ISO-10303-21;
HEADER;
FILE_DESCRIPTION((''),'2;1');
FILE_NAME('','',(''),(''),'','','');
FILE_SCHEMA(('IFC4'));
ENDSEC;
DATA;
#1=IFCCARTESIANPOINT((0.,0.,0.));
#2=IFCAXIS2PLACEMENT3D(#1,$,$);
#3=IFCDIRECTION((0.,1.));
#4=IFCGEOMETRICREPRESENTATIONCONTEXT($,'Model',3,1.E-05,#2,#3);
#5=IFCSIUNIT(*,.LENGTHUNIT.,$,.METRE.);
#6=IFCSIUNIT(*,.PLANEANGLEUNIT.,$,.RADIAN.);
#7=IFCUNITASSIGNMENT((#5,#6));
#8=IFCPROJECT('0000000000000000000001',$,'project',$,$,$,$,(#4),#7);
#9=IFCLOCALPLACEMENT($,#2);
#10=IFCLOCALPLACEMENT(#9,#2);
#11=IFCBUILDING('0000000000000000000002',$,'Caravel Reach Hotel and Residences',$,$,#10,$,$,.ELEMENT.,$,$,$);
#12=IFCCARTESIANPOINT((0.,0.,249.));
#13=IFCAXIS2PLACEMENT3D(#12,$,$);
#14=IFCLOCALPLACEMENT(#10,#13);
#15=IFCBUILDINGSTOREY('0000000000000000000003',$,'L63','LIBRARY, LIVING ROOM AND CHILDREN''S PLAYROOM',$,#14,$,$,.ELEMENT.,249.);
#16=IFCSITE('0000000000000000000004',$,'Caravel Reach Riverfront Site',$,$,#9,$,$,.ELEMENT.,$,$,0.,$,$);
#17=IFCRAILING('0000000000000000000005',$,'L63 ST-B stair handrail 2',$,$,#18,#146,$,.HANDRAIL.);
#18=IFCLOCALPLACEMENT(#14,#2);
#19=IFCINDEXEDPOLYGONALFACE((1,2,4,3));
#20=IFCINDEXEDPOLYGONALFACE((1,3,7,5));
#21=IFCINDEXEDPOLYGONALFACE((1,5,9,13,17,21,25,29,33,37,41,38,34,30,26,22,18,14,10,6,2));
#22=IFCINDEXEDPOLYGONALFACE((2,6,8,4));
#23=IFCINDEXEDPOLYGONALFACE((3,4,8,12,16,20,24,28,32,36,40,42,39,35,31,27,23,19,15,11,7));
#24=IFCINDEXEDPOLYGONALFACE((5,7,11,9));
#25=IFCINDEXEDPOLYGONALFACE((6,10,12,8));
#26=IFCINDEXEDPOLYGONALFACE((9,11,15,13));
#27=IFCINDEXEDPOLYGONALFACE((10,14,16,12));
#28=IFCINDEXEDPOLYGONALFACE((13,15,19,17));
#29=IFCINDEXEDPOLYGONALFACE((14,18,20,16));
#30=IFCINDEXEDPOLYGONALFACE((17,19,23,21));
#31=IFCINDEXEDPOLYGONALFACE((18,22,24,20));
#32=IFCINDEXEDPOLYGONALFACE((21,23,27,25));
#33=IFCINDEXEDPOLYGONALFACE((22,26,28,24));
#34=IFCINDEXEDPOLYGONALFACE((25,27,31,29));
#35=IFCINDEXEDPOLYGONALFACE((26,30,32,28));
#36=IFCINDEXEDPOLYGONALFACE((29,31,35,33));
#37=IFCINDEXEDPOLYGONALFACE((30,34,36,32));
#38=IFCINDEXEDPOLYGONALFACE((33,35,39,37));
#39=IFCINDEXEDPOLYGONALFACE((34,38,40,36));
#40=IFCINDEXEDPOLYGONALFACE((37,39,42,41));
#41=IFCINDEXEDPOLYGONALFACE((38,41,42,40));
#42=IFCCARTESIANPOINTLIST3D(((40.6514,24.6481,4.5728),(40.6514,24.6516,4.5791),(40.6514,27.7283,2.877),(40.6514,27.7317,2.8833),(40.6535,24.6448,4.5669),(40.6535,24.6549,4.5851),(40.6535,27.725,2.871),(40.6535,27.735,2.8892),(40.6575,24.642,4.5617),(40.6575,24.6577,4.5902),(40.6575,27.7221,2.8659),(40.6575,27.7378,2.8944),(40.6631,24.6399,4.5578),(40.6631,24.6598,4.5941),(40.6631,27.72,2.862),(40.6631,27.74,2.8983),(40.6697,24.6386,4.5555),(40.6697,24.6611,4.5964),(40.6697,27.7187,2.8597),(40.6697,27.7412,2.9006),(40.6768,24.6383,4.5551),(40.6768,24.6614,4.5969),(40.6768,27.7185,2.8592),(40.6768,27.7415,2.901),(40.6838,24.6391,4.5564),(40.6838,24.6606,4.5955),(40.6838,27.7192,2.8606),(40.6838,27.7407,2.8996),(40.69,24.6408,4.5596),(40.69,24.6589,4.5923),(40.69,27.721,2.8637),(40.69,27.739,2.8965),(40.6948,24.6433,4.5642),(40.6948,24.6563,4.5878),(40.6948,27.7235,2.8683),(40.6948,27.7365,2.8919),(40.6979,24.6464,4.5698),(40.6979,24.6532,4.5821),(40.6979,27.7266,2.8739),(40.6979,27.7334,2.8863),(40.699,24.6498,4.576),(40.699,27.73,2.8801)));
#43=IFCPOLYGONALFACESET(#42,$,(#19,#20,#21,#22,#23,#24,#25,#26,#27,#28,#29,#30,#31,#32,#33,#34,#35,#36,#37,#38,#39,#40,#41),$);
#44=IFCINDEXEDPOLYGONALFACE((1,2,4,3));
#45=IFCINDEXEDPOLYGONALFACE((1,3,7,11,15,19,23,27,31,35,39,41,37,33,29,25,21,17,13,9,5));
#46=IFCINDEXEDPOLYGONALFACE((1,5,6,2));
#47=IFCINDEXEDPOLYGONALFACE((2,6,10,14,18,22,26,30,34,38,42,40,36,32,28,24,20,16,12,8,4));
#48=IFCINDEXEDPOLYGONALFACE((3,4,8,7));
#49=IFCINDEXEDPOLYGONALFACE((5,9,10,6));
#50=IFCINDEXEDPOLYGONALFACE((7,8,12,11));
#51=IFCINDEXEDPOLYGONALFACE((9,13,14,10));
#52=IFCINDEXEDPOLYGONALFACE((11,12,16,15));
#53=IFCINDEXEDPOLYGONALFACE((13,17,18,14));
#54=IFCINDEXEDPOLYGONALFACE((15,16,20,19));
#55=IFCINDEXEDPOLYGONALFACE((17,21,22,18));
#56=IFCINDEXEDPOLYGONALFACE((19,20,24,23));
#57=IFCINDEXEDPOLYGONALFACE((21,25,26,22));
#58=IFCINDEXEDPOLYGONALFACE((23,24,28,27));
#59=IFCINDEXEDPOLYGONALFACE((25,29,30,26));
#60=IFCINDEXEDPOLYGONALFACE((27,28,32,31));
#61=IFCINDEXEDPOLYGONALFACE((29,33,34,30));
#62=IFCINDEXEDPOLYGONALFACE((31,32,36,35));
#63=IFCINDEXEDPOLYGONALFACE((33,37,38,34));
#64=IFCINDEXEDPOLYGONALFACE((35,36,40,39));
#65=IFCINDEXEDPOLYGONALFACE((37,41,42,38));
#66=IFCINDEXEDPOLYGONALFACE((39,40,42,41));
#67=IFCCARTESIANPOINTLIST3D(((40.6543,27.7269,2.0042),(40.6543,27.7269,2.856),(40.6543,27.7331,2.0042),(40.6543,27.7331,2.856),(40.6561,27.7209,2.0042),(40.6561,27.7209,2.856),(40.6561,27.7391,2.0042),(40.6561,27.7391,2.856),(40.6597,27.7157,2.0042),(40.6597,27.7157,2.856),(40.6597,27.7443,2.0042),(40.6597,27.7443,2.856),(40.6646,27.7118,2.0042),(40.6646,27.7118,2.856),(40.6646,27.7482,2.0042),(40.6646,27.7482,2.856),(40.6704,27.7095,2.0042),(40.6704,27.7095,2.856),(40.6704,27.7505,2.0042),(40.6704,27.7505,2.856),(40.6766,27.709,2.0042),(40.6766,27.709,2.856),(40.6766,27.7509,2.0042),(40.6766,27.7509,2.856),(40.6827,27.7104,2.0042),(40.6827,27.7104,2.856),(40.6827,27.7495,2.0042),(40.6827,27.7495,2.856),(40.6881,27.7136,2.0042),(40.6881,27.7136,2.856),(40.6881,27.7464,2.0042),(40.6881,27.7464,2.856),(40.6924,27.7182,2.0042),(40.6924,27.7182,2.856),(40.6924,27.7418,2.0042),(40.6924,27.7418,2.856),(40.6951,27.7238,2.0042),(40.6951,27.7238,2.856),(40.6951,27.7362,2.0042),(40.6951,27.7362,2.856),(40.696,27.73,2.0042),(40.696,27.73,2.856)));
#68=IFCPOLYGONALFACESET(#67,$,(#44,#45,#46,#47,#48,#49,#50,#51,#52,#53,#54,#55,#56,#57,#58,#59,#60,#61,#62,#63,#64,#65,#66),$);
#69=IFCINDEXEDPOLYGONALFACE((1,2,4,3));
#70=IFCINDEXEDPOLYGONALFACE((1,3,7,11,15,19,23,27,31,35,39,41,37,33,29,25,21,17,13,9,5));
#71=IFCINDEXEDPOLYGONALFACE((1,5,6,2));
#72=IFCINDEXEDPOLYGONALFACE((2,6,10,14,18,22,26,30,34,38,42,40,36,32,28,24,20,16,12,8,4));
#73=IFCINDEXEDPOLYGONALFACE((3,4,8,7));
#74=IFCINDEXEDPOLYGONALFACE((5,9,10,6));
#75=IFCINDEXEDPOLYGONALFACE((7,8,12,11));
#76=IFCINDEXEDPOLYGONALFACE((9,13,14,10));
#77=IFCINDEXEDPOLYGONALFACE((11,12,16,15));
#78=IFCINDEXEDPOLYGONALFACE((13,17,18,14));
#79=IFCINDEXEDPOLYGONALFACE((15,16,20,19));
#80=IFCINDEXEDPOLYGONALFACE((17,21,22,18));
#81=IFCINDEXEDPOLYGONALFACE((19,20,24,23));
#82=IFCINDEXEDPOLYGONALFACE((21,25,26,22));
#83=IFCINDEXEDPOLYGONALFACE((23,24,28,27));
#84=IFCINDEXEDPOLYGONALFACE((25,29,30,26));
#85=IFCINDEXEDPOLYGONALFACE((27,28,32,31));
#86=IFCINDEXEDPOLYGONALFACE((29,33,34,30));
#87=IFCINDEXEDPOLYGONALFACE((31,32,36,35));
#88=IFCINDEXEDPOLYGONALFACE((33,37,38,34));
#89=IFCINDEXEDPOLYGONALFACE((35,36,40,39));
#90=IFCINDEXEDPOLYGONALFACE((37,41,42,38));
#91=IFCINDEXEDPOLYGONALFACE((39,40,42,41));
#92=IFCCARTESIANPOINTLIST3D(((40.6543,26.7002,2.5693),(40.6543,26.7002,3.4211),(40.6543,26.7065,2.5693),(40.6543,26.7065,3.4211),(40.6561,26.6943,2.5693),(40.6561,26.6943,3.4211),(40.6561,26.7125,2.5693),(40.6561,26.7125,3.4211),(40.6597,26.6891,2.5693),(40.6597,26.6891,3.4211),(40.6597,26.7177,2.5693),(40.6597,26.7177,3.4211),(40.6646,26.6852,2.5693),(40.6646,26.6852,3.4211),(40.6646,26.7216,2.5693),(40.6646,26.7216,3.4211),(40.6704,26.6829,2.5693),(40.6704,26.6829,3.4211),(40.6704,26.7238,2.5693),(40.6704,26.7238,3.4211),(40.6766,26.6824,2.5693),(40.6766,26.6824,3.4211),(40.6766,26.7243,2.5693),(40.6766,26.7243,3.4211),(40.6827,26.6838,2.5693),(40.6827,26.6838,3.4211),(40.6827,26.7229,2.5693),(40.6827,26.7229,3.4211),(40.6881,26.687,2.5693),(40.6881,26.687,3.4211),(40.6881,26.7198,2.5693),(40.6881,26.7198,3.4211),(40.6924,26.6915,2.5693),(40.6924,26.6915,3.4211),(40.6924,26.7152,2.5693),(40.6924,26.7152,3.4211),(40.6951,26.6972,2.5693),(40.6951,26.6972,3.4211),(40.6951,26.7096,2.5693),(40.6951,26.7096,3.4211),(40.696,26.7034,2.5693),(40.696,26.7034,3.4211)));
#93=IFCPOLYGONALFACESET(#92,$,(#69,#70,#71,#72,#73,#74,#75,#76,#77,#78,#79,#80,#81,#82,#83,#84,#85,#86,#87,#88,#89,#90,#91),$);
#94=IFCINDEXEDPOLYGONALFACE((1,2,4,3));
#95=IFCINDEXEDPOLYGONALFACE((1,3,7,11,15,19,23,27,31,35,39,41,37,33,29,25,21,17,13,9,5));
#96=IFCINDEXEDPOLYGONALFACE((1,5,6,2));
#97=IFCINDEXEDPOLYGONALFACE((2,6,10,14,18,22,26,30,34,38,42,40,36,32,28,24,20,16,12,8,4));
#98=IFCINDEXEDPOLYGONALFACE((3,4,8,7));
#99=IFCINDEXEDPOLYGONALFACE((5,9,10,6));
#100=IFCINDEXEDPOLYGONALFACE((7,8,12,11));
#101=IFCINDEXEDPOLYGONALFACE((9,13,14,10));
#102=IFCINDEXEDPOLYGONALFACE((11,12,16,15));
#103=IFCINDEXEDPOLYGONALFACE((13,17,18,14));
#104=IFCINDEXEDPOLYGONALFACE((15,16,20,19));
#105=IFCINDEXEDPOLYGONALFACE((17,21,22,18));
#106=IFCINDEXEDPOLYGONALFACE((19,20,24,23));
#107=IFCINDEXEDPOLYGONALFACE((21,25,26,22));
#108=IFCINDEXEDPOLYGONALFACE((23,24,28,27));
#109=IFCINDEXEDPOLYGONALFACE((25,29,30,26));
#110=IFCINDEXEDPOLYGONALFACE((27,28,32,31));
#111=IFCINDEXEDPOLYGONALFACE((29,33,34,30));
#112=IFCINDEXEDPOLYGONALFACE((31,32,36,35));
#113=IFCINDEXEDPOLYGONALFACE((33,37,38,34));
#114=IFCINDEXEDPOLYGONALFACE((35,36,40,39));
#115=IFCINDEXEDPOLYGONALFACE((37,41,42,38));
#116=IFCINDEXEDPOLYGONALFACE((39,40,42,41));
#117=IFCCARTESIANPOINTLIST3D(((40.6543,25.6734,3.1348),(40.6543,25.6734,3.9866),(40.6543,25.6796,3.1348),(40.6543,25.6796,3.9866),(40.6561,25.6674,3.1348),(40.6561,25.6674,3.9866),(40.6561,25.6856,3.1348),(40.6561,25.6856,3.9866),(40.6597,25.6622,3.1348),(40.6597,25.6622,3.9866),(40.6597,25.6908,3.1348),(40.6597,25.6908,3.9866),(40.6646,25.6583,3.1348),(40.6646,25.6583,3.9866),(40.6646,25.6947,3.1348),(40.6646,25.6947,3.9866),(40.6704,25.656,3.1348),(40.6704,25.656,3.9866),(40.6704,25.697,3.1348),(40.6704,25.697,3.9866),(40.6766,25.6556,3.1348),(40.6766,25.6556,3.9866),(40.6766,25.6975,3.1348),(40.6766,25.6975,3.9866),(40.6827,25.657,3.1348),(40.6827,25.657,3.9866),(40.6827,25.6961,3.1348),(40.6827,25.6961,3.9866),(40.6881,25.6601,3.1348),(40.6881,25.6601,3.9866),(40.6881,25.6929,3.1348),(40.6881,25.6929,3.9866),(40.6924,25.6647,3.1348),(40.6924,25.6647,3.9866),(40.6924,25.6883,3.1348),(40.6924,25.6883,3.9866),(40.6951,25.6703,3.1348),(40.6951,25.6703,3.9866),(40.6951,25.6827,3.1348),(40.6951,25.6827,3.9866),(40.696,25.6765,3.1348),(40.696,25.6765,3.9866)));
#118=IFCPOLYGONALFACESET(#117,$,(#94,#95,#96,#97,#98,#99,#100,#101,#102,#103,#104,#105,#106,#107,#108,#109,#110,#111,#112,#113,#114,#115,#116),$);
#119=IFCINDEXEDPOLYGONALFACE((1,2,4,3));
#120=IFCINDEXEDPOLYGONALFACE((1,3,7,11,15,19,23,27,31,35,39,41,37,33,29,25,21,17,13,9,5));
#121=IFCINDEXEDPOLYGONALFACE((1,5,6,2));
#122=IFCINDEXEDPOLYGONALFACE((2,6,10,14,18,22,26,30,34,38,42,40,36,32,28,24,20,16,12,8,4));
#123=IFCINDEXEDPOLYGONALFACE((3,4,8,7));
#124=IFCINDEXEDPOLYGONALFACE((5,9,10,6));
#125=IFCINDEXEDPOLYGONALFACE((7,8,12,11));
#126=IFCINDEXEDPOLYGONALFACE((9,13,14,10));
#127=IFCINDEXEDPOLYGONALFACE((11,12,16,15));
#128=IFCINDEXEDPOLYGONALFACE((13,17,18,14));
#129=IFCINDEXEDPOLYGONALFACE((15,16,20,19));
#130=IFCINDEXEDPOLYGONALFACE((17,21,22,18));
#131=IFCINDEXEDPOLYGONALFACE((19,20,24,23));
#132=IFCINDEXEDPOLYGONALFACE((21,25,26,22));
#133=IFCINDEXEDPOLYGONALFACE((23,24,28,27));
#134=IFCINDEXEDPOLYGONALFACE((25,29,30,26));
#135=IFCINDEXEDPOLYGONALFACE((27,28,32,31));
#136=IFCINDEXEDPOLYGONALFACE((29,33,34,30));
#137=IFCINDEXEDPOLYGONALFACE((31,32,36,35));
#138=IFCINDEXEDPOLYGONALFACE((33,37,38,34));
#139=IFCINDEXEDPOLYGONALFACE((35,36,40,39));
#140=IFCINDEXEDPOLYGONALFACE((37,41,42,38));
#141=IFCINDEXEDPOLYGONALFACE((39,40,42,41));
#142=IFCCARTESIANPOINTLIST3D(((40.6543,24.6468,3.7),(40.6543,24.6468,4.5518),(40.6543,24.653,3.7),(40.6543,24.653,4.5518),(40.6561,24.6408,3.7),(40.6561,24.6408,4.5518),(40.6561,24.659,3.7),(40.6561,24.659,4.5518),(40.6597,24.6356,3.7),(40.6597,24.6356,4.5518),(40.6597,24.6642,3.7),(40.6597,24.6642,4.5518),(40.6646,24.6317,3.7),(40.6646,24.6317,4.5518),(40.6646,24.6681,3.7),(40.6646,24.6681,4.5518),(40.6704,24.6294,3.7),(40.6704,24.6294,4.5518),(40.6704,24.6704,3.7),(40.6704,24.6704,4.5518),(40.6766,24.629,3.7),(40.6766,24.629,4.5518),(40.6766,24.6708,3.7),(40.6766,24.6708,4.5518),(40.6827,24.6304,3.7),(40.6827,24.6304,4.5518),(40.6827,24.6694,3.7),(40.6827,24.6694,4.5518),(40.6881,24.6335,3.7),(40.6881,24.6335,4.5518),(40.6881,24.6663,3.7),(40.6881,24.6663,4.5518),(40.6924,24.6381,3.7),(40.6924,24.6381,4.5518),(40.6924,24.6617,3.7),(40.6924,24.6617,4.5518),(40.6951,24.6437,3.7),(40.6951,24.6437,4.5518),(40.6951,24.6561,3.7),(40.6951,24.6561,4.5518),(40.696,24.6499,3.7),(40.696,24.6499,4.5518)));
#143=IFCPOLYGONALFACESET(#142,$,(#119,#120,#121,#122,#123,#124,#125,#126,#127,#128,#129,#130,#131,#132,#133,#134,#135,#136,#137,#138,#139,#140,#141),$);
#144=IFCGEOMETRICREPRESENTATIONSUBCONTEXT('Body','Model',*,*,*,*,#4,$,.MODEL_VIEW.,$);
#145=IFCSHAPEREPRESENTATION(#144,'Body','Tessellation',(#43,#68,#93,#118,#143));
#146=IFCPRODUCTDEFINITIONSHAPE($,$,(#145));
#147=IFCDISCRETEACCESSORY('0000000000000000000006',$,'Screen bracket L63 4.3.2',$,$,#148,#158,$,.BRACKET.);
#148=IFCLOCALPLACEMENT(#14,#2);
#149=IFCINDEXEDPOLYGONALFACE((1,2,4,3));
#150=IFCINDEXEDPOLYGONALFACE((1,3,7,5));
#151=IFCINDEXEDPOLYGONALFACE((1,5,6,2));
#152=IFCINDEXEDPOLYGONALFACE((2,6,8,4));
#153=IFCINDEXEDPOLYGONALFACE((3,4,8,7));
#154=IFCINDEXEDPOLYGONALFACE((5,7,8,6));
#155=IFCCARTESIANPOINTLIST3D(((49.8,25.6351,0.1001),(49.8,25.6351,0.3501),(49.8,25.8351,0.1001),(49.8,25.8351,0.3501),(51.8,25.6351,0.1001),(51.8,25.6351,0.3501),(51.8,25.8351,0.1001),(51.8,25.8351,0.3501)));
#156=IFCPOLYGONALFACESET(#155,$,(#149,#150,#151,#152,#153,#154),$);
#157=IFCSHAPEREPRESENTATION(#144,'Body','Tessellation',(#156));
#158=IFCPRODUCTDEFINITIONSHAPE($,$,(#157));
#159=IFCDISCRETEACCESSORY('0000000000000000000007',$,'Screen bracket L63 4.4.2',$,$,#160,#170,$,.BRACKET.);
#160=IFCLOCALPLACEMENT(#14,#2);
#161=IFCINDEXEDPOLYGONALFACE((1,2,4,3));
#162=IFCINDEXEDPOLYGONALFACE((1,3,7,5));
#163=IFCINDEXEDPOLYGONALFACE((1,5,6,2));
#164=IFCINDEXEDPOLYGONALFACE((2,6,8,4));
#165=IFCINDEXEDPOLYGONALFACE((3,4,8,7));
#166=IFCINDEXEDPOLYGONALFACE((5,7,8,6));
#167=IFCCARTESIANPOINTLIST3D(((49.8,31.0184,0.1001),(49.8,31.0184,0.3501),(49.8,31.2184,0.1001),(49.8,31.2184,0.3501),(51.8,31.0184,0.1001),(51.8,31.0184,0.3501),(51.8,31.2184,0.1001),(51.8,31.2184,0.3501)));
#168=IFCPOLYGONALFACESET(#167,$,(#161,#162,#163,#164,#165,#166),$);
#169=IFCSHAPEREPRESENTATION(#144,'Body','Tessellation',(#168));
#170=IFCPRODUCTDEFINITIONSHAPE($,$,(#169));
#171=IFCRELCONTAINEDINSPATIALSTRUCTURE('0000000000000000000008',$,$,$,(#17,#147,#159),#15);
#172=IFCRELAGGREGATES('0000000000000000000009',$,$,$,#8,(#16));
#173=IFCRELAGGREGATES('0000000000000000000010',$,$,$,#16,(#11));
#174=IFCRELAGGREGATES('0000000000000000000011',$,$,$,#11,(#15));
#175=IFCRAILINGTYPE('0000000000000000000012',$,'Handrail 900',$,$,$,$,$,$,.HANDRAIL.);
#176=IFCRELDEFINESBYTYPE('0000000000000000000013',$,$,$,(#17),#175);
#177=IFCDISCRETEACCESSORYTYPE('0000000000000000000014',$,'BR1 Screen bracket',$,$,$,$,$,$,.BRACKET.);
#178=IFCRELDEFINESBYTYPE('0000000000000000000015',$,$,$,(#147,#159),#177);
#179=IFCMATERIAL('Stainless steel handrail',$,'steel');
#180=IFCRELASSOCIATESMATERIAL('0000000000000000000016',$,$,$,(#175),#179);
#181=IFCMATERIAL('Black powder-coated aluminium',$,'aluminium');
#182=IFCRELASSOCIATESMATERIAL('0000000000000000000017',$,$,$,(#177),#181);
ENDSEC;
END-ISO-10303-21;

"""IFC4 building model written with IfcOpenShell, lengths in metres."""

from ifc_helpers import new_model, si_unit, direction, frame, origin, origin_2d, place, context, subcontext, project, spatial, rectangle, circle, extrude, material, type_object, element, save


model = new_model("IFC4")

# Units and contexts
model_context = context("Model", 3, precision=1e-05, world=origin(), true_north=direction((0.0, 1.0)))
body_context = subcontext(model_context, "Body", "Model", "MODEL_VIEW")
ifc_project = project(units=[si_unit("LENGTHUNIT", "METRE"), si_unit("PLANEANGLEUNIT", "RADIAN")], contexts=[model_context])

# Site, building, storey
site_placement = place(None, origin())
site = spatial("IfcSite", under=ifc_project, at=site_placement, Name="Caravel Reach Riverfront Site", CompositionType="ELEMENT", RefElevation=0.0)
building_placement = place(site_placement, origin())
building = spatial("IfcBuilding", under=site, at=building_placement, Name="Caravel Reach Hotel and Residences", CompositionType="ELEMENT")
storey_placement = place(building_placement, frame((0.0, 0.0, 249.0)))
storey = spatial("IfcBuildingStorey", under=building, at=storey_placement, Name="L63", Description="LIBRARY, LIVING ROOM AND CHILDREN'S PLAYROOM", CompositionType="ELEMENT", Elevation=249.0)

# Railing
ifc_material_1 = material(Name="Stainless steel handrail", Category="steel")
railing_type_1 = type_object("IfcRailingType", Name="Handrail 900", PredefinedType="HANDRAIL", material=ifc_material_1)
railing_1_placement = place(storey_placement, frame((40.675, 27.73, 2.0042)))
element("IfcRailing", 1, at=railing_1_placement, inside=storey, type_object=railing_type_1, Name="L63 ST-B stair handrail 2", PredefinedType="HANDRAIL", context=body_context, shape_type="SweptSolid", body=[
    extrude(circle(Radius=0.0239, at=origin_2d()), frame((0.0, 0.0, 0.876), z_axis=(0.0, -0.876005, 0.482303), x_axis=(1.0, 0.0, 0.0)), (0.0, 0.0, 1.0), 3.5161),
    extrude(circle(Radius=0.021, at=origin_2d()), origin(), (0.0, 0.0, 1.0), 0.8518),
    extrude(circle(Radius=0.021, at=origin_2d()), frame((0.0, -1.0266, 0.5652)), (0.0, 0.0, 1.0), 0.8518),
    extrude(circle(Radius=0.021, at=origin_2d()), frame((0.0, -2.0535, 1.1306)), (0.0, 0.0, 1.0), 0.8518),
    extrude(circle(Radius=0.021, at=origin_2d()), frame((0.0, -3.0801, 1.6958)), (0.0, 0.0, 1.0), 0.8518),
])

# Discrete accessories
ifc_material_2 = material(Name="Black powder-coated aluminium", Category="aluminium")
discrete_accessory_type = type_object("IfcDiscreteAccessoryType", Name="BR1 Screen bracket", PredefinedType="BRACKET", material=ifc_material_2)
for number, where, z_axis, x_axis, name in (
    (2, (50.8, 25.7351, 0.1001), (0.0, 0.0, 1.0), (1.0, 0.0, 0.0), "Screen bracket L63 4.3.2"),
    (3, (50.8, 31.1184, 0.1001), (0.0, 0.0, 1.0), (1.0, 0.0, 0.0), "Screen bracket L63 4.4.2"),
):
    element("IfcDiscreteAccessory", number, at=place(storey_placement, frame(where, z_axis=z_axis, x_axis=x_axis)), inside=storey, type_object=discrete_accessory_type, Name=name, PredefinedType="BRACKET", context=body_context, shape_type="SweptSolid", body=[
        extrude(rectangle(XDim=2.0, YDim=0.2, at=origin_2d()), origin(), (0.0, 0.0, 1.0), 0.25),
    ])

save(model, "model.ifc")
